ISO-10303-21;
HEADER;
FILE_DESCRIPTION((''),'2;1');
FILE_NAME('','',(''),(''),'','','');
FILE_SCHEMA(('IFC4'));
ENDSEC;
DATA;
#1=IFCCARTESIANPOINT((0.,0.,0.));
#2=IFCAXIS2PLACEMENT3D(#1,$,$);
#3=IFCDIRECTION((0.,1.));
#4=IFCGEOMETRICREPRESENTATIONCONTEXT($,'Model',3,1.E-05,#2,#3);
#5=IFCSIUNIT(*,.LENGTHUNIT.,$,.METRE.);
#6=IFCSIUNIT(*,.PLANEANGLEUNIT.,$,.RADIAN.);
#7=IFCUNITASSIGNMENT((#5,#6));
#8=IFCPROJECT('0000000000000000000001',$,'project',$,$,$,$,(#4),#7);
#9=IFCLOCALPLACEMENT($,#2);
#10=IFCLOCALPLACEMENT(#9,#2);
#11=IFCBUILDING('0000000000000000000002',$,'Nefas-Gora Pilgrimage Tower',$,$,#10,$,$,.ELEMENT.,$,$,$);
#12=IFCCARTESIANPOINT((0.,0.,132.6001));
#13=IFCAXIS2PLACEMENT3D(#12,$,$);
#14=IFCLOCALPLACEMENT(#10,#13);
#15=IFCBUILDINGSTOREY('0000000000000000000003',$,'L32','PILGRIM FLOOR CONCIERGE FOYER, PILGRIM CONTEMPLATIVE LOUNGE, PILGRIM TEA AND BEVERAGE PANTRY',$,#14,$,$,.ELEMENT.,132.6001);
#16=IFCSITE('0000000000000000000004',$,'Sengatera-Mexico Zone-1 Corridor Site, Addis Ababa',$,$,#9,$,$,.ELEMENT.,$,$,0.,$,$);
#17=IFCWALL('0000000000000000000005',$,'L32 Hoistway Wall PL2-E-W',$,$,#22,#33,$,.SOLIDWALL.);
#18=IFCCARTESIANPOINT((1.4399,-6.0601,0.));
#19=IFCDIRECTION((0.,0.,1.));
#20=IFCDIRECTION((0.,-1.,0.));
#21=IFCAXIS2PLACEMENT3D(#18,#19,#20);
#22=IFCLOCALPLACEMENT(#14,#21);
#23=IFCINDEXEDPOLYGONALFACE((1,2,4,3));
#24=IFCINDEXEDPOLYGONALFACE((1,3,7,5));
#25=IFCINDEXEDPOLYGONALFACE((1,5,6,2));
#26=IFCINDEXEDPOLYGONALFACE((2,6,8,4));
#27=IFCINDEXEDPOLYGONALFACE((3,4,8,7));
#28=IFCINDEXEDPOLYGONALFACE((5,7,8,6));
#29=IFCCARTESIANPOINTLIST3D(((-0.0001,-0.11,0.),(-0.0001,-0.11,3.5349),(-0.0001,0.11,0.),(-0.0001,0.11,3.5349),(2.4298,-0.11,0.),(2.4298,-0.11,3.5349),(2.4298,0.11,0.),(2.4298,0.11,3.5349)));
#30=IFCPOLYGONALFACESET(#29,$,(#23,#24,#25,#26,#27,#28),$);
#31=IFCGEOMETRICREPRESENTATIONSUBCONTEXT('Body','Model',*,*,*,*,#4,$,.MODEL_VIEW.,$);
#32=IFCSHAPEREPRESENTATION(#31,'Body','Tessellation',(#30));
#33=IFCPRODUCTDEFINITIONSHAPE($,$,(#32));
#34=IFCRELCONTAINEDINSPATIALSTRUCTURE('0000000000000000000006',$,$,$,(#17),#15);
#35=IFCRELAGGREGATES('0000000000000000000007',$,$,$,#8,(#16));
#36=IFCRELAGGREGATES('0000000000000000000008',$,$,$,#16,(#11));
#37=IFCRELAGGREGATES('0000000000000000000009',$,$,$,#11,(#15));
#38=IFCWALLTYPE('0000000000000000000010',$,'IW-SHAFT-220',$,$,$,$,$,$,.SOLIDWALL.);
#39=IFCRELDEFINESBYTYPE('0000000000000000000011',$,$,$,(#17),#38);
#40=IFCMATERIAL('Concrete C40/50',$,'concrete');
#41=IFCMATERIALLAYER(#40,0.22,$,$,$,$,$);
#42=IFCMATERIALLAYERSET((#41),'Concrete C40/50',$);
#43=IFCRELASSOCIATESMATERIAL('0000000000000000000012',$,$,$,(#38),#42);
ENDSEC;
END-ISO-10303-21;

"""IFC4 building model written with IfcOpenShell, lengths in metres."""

from ifc_helpers import new_model, si_unit, direction, frame, frame_2d, origin, place, context, subcontext, project, spatial, rectangle, extrude, source, transform, mapped, material, layer, layer_set, type_object, element, save


model = new_model("IFC4")

# Units and contexts
model_context = context("Model", 3, precision=1e-05, world=origin(), true_north=direction((0.0, 1.0)))
body_context = subcontext(model_context, "Body", "Model", "MODEL_VIEW")
ifc_project = project(units=[si_unit("LENGTHUNIT", "METRE"), si_unit("PLANEANGLEUNIT", "RADIAN")], contexts=[model_context])

# Site, building, storey
site_placement = place(None, origin())
site = spatial("IfcSite", under=ifc_project, at=site_placement, Name="Sengatera-Mexico Zone-1 Corridor Site, Addis Ababa", CompositionType="ELEMENT", RefElevation=0.0)
building_placement = place(site_placement, origin())
building = spatial("IfcBuilding", under=site, at=building_placement, Name="Nefas-Gora Pilgrimage Tower", CompositionType="ELEMENT")
storey_placement = place(building_placement, frame((0.0, 0.0, 132.6001)))
storey = spatial("IfcBuildingStorey", under=building, at=storey_placement, Name="L32", Description="PILGRIM FLOOR CONCIERGE FOYER, PILGRIM CONTEMPLATIVE LOUNGE, PILGRIM TEA AND BEVERAGE PANTRY", CompositionType="ELEMENT", Elevation=132.6001)

# Shared definitions
ifc_material_1 = material(Name="Concrete C40/50", Category="concrete")
ifc_layer_1 = layer(ifc_material_1, 0.22)
ifc_layer_set_1 = layer_set([ifc_layer_1], Name="Concrete C40/50")
wall_type_1 = type_object("IfcWallType", Name="IW-SHAFT-220", PredefinedType="SOLIDWALL", material=ifc_layer_set_1)

# Wall
shared_shape_1 = source(origin(), body_context, "Body", "SweptSolid", [
    extrude(rectangle(XDim=2.4299, YDim=0.22, at=frame_2d((1.2148, 0.0))), origin(), (0.0, 0.0, 1.0), 3.5349),
])
for number, where, z_axis, x_axis, name in (
    (1, (1.4399, -6.0601, 0.0), (0.0, 0.0, 1.0), (0.0, -1.0, 0.0), "L32 Hoistway Wall PL2-E-W"),
):
    element("IfcWall", number, at=place(storey_placement, frame(where, z_axis=z_axis, x_axis=x_axis)), inside=storey, type_object=wall_type_1, Name=name, PredefinedType="SOLIDWALL", context=body_context, shape_type="MappedRepresentation", body=[
        mapped(shared_shape_1, transform((0.0, 0.0, 0.0), x_axis=(1.0, 0.0, 0.0), y_axis=(0.0, 1.0, 0.0), z_axis=(0.0, 0.0, 1.0), scale=1.0)),
    ])

save(model, "model.ifc")
